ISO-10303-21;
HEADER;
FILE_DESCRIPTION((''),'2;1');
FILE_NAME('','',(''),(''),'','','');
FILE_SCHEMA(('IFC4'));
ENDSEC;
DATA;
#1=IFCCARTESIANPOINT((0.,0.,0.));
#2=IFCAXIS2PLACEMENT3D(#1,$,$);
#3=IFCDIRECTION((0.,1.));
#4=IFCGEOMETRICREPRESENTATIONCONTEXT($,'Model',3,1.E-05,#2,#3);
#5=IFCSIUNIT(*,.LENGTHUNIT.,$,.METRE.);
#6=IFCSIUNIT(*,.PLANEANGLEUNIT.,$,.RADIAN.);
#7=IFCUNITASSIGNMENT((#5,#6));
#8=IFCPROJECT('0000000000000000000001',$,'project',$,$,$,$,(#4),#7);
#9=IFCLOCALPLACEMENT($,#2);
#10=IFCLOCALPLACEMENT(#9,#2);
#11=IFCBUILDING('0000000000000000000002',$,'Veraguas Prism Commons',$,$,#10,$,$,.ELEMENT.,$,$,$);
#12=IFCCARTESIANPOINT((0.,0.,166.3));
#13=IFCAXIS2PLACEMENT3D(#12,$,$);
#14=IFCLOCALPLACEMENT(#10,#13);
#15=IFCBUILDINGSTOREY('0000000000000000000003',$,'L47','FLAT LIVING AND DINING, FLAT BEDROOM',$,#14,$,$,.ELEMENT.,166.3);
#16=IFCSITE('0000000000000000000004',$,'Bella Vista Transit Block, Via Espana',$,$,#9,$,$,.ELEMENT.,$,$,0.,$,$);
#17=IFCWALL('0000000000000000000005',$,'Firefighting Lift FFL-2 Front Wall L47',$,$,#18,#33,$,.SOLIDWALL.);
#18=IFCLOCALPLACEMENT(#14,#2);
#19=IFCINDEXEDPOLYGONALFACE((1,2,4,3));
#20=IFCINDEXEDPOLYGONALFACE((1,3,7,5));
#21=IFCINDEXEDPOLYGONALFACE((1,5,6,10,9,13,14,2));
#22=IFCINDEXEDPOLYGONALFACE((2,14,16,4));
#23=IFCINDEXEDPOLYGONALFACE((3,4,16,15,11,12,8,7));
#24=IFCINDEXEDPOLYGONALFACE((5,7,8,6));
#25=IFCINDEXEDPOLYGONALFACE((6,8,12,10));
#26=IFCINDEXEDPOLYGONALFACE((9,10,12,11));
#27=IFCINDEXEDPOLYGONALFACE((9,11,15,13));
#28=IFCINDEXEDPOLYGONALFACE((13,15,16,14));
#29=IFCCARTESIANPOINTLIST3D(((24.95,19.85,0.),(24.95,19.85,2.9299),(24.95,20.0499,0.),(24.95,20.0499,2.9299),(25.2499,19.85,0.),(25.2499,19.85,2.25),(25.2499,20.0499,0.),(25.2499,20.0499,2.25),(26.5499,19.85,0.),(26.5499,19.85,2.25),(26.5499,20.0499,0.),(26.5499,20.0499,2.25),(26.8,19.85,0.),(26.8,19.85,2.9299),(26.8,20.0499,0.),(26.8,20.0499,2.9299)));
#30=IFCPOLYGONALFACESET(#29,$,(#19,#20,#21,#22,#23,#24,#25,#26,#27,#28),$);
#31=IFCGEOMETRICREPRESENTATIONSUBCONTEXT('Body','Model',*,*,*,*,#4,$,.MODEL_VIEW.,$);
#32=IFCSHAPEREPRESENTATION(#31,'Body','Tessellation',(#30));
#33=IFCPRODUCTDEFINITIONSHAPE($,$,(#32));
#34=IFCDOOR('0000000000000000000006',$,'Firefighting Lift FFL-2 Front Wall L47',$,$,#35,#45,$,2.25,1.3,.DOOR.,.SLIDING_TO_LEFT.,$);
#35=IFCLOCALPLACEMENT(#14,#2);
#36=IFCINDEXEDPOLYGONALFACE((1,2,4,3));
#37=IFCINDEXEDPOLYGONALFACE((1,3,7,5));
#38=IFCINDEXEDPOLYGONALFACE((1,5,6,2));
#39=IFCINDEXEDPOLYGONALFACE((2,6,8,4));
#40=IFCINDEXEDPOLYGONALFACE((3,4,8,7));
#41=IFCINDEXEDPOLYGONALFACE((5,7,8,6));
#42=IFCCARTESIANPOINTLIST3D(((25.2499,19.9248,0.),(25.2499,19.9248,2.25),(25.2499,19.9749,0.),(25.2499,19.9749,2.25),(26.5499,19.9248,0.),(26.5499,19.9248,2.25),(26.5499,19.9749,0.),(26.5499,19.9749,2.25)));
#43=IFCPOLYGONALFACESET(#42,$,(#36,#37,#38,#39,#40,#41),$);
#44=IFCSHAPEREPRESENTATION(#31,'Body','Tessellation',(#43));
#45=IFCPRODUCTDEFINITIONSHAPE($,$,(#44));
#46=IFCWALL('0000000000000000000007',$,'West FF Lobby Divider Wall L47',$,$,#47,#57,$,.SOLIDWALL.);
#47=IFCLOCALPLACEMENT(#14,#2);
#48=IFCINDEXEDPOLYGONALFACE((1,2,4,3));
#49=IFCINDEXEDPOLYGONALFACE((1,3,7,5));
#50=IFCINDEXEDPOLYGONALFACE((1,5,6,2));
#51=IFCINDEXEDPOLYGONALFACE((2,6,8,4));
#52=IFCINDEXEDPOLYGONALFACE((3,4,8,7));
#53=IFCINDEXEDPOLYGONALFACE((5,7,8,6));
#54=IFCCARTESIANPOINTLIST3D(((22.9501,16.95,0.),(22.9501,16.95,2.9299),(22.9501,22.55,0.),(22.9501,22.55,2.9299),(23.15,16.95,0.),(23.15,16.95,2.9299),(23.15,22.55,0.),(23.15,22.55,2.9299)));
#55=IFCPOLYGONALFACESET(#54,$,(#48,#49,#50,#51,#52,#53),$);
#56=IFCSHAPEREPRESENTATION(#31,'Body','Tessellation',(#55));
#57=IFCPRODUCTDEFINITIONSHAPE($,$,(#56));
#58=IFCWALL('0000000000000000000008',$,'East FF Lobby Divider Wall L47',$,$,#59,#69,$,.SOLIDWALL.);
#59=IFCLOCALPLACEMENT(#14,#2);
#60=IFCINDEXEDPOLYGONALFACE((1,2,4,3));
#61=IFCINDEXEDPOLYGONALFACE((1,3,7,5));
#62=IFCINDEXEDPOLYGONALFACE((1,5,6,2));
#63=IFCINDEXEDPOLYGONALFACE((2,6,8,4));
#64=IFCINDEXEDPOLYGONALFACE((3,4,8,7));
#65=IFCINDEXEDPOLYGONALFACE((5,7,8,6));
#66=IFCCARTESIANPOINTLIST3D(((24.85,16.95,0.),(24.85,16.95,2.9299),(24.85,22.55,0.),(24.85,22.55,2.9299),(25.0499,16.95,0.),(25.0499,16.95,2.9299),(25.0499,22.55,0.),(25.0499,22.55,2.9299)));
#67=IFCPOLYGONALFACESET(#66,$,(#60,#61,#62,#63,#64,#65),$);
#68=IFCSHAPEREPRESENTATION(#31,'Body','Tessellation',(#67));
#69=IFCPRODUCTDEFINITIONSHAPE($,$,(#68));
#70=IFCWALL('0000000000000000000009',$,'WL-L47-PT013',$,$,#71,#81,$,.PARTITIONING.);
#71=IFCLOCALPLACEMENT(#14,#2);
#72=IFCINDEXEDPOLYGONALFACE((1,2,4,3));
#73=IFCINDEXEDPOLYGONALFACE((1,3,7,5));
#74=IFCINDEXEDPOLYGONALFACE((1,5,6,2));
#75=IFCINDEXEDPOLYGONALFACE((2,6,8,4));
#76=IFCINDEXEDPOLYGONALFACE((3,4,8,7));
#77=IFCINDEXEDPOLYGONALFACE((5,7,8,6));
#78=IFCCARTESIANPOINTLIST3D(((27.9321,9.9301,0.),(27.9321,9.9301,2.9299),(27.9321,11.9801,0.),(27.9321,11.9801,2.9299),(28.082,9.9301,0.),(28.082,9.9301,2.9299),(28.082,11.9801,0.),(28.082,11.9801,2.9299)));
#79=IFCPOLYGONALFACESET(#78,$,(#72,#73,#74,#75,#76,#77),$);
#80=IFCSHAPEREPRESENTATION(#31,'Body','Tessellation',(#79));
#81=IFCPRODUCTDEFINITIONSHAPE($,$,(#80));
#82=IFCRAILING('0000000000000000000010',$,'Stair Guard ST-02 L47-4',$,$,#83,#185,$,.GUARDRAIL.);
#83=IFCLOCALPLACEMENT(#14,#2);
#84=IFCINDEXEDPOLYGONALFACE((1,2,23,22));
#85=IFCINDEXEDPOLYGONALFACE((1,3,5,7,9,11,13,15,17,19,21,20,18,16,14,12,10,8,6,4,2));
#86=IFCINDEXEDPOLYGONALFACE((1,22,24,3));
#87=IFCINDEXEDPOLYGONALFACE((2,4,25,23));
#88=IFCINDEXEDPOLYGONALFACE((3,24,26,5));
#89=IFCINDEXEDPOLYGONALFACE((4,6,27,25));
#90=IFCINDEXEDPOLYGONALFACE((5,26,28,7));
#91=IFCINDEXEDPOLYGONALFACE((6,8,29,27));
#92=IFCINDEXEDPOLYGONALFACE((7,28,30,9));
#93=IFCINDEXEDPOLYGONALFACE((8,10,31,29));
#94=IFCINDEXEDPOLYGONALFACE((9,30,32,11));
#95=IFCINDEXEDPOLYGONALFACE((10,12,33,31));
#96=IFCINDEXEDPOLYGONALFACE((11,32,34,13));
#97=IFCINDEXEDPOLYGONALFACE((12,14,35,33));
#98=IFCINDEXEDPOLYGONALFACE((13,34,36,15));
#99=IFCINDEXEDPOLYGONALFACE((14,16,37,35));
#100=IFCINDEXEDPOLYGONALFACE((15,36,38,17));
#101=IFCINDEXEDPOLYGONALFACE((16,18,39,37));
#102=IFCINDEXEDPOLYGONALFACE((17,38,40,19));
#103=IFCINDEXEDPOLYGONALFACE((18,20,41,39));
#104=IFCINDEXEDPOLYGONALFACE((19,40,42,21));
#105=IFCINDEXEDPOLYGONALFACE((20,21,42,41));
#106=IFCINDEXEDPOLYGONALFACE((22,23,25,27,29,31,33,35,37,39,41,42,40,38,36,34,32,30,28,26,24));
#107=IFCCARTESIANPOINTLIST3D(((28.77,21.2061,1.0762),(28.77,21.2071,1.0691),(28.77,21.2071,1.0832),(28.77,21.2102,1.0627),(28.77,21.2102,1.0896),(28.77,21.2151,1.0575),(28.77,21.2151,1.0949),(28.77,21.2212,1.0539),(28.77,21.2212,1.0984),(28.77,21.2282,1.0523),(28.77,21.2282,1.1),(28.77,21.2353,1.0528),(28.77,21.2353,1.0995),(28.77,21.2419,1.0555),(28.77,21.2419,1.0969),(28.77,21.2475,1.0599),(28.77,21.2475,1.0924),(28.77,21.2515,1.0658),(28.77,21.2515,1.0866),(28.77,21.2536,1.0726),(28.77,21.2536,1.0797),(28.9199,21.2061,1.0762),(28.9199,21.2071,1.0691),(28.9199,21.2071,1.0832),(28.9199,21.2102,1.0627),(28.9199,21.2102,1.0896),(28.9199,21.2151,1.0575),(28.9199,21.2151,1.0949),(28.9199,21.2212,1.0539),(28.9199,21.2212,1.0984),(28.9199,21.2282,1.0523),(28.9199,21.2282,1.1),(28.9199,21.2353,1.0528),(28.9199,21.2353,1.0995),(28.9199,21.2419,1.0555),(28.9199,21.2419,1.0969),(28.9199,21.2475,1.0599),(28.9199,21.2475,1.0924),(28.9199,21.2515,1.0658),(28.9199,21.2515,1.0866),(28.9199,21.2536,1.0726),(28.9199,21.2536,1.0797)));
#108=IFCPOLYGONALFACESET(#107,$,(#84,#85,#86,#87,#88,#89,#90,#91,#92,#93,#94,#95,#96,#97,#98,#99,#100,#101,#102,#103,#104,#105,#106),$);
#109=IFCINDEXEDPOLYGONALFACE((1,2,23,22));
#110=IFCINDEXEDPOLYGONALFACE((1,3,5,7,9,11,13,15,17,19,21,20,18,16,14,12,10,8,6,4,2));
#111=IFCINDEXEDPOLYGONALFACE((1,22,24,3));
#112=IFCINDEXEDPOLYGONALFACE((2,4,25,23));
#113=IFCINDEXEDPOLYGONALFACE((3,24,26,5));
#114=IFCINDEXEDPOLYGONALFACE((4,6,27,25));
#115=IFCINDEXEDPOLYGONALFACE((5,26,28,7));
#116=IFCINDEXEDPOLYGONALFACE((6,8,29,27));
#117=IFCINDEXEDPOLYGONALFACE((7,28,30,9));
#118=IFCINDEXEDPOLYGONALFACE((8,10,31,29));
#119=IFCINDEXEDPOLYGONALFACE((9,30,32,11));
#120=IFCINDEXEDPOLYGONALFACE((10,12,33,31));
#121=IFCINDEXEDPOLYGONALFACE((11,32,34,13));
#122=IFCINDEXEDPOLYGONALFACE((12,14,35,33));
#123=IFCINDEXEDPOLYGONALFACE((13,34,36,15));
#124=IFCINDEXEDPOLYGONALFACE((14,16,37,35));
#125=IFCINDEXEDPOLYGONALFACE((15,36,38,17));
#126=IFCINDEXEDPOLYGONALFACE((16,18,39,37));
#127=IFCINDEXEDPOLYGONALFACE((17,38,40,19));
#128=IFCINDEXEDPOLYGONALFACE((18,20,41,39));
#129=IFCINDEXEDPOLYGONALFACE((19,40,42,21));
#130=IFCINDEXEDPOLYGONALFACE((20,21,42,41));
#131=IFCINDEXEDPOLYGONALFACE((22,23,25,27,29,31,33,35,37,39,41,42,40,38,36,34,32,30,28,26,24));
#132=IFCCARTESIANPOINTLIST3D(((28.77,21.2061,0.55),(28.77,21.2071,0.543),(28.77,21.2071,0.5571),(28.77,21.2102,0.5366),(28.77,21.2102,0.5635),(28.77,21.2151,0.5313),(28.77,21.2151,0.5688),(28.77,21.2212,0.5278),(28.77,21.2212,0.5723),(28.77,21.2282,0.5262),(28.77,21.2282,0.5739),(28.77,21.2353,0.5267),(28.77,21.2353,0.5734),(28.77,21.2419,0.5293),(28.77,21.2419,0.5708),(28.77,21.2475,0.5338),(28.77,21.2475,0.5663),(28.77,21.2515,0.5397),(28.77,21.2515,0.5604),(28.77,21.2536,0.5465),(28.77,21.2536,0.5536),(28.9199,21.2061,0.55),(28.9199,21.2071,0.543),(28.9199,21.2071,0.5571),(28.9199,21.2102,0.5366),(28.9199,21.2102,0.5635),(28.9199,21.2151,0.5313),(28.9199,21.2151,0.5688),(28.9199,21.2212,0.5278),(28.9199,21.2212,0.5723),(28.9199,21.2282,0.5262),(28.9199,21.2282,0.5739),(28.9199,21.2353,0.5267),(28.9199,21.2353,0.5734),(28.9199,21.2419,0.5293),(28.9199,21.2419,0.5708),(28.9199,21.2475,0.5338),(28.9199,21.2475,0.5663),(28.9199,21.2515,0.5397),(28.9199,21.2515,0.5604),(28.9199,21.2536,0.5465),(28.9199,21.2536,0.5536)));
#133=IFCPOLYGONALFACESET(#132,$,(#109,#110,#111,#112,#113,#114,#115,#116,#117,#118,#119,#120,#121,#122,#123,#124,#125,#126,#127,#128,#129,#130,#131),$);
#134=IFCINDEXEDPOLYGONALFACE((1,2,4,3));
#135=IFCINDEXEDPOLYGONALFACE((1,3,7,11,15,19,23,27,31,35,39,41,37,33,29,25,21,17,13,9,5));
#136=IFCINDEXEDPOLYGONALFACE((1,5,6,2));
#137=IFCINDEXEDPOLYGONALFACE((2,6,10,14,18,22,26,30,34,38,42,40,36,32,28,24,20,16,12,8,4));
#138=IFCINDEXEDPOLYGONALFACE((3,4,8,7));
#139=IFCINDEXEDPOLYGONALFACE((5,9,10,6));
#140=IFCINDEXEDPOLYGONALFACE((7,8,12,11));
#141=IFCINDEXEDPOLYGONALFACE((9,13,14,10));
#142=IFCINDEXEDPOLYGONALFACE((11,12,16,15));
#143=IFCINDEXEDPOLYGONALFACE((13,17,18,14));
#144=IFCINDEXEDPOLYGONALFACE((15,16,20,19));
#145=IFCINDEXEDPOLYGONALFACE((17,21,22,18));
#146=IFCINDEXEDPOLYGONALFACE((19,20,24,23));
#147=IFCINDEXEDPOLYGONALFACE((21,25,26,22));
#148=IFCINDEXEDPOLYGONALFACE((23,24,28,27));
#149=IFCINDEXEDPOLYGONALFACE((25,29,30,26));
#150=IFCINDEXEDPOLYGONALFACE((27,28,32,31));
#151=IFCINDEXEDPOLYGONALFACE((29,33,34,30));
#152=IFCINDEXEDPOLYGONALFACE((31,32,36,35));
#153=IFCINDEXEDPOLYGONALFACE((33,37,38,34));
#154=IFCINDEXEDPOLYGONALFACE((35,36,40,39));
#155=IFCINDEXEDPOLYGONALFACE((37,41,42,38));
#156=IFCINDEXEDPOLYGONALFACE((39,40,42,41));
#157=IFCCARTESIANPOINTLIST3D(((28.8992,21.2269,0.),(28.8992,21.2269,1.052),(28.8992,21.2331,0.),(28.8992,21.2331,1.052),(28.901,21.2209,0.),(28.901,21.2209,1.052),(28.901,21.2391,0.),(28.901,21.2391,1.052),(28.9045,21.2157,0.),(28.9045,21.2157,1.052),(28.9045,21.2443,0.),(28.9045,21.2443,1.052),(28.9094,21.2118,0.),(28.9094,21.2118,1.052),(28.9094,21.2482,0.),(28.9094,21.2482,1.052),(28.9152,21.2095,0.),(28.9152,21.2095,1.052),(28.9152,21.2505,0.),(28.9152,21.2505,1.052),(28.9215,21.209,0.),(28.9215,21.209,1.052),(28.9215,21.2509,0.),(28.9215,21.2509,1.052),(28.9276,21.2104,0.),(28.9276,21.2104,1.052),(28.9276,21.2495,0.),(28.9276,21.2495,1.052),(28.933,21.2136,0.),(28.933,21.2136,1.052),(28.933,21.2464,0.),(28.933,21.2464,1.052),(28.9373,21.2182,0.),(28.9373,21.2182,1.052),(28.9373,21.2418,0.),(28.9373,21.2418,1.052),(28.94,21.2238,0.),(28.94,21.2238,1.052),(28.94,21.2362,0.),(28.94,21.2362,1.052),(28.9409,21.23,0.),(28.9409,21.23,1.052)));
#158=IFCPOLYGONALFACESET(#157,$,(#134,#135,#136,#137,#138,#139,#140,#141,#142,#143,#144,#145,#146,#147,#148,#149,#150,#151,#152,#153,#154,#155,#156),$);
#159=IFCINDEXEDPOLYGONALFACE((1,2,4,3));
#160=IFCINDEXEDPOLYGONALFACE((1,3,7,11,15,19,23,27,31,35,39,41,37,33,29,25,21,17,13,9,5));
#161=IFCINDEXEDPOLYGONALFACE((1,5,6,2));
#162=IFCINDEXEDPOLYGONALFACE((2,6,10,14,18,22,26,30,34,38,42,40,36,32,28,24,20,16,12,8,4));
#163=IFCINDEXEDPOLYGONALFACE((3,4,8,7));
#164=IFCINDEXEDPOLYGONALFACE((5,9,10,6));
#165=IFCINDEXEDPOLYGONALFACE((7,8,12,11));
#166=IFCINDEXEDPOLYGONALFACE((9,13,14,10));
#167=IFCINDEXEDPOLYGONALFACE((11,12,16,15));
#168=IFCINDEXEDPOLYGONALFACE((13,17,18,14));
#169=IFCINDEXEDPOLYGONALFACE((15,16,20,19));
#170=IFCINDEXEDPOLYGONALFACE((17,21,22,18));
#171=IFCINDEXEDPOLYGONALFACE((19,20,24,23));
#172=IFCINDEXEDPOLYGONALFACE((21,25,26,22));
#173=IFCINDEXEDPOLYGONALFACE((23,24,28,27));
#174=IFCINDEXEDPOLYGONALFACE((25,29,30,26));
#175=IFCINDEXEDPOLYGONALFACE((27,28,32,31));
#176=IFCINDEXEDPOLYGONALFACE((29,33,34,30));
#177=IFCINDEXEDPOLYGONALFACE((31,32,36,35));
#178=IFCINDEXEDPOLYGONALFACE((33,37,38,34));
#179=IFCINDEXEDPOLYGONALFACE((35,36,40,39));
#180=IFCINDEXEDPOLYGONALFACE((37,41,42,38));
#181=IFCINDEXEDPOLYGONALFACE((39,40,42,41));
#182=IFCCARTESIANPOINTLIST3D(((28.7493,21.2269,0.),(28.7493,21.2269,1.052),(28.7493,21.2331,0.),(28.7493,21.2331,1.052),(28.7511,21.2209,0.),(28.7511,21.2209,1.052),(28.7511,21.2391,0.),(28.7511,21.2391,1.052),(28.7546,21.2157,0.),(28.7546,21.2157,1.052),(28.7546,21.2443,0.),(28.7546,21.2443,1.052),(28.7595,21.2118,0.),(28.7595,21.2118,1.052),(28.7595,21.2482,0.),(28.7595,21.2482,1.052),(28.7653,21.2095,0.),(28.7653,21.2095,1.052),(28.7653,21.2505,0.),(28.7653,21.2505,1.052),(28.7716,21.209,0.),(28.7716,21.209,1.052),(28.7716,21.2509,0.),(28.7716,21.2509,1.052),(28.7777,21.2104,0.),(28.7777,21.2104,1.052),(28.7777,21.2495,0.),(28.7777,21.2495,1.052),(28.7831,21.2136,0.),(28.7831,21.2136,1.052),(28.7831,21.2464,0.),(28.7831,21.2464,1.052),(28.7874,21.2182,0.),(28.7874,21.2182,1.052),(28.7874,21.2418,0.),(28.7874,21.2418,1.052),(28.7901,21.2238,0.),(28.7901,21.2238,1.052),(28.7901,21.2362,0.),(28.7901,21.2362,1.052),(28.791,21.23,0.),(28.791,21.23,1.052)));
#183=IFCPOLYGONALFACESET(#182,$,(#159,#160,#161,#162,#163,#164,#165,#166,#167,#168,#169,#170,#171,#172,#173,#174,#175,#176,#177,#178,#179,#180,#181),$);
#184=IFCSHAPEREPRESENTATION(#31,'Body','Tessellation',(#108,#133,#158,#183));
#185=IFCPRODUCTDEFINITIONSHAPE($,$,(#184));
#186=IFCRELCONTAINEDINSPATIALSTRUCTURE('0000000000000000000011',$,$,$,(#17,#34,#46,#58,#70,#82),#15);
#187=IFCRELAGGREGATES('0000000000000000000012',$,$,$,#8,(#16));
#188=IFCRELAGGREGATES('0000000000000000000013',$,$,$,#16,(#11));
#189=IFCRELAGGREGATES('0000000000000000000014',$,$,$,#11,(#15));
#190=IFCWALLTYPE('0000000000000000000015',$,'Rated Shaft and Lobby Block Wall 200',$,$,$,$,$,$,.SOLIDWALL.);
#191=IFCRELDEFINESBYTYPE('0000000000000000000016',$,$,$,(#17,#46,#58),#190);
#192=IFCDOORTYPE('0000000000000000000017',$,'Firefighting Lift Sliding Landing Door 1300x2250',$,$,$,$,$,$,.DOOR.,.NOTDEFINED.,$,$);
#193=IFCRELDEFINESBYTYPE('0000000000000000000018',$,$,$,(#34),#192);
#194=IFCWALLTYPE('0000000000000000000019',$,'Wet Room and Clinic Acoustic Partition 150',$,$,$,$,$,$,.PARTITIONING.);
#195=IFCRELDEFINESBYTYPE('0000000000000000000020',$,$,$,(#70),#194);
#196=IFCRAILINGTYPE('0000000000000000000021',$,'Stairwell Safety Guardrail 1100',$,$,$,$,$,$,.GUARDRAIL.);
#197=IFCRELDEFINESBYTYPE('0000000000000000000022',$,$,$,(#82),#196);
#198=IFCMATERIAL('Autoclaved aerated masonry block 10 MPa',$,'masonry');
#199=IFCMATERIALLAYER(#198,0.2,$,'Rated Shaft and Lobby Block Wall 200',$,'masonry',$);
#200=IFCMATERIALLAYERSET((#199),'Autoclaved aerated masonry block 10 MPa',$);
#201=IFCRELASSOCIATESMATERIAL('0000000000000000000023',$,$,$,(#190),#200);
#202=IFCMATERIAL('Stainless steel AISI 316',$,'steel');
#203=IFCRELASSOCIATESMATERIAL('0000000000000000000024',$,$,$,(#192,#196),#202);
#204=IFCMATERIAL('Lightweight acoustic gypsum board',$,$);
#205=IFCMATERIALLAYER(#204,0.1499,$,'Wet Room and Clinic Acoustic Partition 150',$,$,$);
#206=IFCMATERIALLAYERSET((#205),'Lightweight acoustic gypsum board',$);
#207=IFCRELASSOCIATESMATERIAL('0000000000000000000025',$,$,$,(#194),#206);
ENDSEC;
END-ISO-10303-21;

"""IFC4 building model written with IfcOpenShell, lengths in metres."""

from ifc_helpers import new_model, si_unit, direction, frame, frame_2d, origin, origin_2d, place, context, subcontext, project, spatial, rectangle, circle, extrude, source, transform, mapped, material, layer, layer_set, type_object, element, fill, save


model = new_model("IFC4")

# Units and contexts
model_context = context("Model", 3, precision=1e-05, world=origin(), true_north=direction((0.0, 1.0)))
body_context = subcontext(model_context, "Body", "Model", "MODEL_VIEW")
ifc_project = project(units=[si_unit("LENGTHUNIT", "METRE"), si_unit("PLANEANGLEUNIT", "RADIAN")], contexts=[model_context])

# Site, building, storey
site_placement = place(None, origin())
site = spatial("IfcSite", under=ifc_project, at=site_placement, Name="Bella Vista Transit Block, Via Espana", CompositionType="ELEMENT", RefElevation=0.0)
building_placement = place(site_placement, origin())
building = spatial("IfcBuilding", under=site, at=building_placement, Name="Veraguas Prism Commons", CompositionType="ELEMENT")
storey_placement = place(building_placement, frame((0.0, 0.0, 166.3)))
storey = spatial("IfcBuildingStorey", under=building, at=storey_placement, Name="L47", Description="FLAT LIVING AND DINING, FLAT BEDROOM", CompositionType="ELEMENT", Elevation=166.3)

# Shared definitions
ifc_material_1 = material(Name="Autoclaved aerated masonry block 10 MPa", Category="masonry")

# Wall, opening, door
ifc_layer_1 = layer(ifc_material_1, 0.2, Name="Rated Shaft and Lobby Block Wall 200", Category="masonry")
ifc_layer_set_1 = layer_set([ifc_layer_1], Name="Autoclaved aerated masonry block 10 MPa")
wall_type_1 = type_object("IfcWallType", Name="Rated Shaft and Lobby Block Wall 200", PredefinedType="SOLIDWALL", material=ifc_layer_set_1)
ifc_material_2 = material(Name="Stainless steel AISI 316", Category="steel")
door_type_1 = type_object("IfcDoorType", Name="Firefighting Lift Sliding Landing Door 1300x2250", OperationType="NOTDEFINED", PredefinedType="DOOR", material=ifc_material_2)
shared_shape_1 = source(origin(), body_context, "Body", "SweptSolid", [
    extrude(rectangle(XDim=1.3, YDim=2.25, at=frame_2d((0.6499, 1.125))), frame((0.0, 0.0249, 0.0), z_axis=(0.0, -1.0, 0.0), x_axis=(1.0, 0.0, 0.0)), (0.0, 0.0, 1.0), 0.05),
])
wall_1_placement = place(storey_placement, frame((24.95, 19.95, 0.0), z_axis=(0.0, 0.0, 1.0), x_axis=(1.0, 0.0, 0.0)))
wall_1 = element("IfcWall", 1, at=wall_1_placement, inside=storey, type_object=wall_type_1, Name="Firefighting Lift FFL-2 Front Wall L47", PredefinedType="SOLIDWALL", context=body_context, shape_type="SweptSolid", body=[
    extrude(rectangle(XDim=1.8501, YDim=0.2, at=frame_2d((0.925, 0.0))), origin(), (0.0, 0.0, 1.0), 2.9299),
])
opening_1_placement = place(wall_1_placement, frame((0.3, 0.0, 0.0)))
opening_1 = element("IfcOpeningElement", 2, at=opening_1_placement, cuts=wall_1, PredefinedType="OPENING", context=body_context, shape_type="SweptSolid", body=[
    extrude(rectangle(XDim=1.3, YDim=2.25, at=frame_2d((0.6499, 1.125))), frame((0.0, 0.1099, 0.0), z_axis=(0.0, -1.0, 0.0), x_axis=(1.0, 0.0, 0.0)), (0.0, 0.0, 1.0), 0.22),
])
door_1_placement = place(opening_1_placement, origin())
door_1 = element("IfcDoor", 3, at=door_1_placement, inside=storey, type_object=door_type_1, Name="Firefighting Lift FFL-2 Front Wall L47", OperationType="SLIDING_TO_LEFT", OverallHeight=2.25, OverallWidth=1.3, PredefinedType="DOOR", context=body_context, shape_type="MappedRepresentation", body=[
    mapped(shared_shape_1, transform((0.0, 0.0, 0.0), scale=1.0)),
])
fill(opening_1, door_1)

# Walls
for number, where, z_axis, x_axis, name in (
    (4, (23.05, 16.95, 0.0), (0.0, 0.0, 1.0), (0.0, 1.0, 0.0), "West FF Lobby Divider Wall L47"),
    (5, (24.95, 16.95, 0.0), (0.0, 0.0, 1.0), (0.0, 1.0, 0.0), "East FF Lobby Divider Wall L47"),
):
    element("IfcWall", number, at=place(storey_placement, frame(where, z_axis=z_axis, x_axis=x_axis)), inside=storey, type_object=wall_type_1, Name=name, PredefinedType="SOLIDWALL", context=body_context, shape_type="SweptSolid", body=[
        extrude(rectangle(XDim=5.6001, YDim=0.2, at=frame_2d((2.8, 0.0))), origin(), (0.0, 0.0, 1.0), 2.9299),
    ])
ifc_material_3 = material(Name="Lightweight acoustic gypsum board")
ifc_layer_2 = layer(ifc_material_3, 0.1499, Name="Wet Room and Clinic Acoustic Partition 150")
ifc_layer_set_2 = layer_set([ifc_layer_2], Name="Lightweight acoustic gypsum board")
wall_type_2 = type_object("IfcWallType", Name="Wet Room and Clinic Acoustic Partition 150", PredefinedType="PARTITIONING", material=ifc_layer_set_2)
wall_2_placement = place(storey_placement, frame((28.0071, 11.98, 0.0), z_axis=(0.0, 0.0, 1.0), x_axis=(0.0, -1.0, 0.0)))
element("IfcWall", 6, at=wall_2_placement, inside=storey, type_object=wall_type_2, Name="WL-L47-PT013", PredefinedType="PARTITIONING", context=body_context, shape_type="SweptSolid", body=[
    extrude(rectangle(XDim=2.05, YDim=0.1499, at=frame_2d((1.0249, 0.0))), origin(), (0.0, 0.0, 1.0), 2.9299),
])

# Railing
railing_type = type_object("IfcRailingType", Name="Stairwell Safety Guardrail 1100", PredefinedType="GUARDRAIL", material=ifc_material_2)
railing_placement = place(storey_placement, frame((28.9199, 21.23, 0.0)))
element("IfcRailing", 7, at=railing_placement, inside=storey, type_object=railing_type, Name="Stair Guard ST-02 L47-4", PredefinedType="GUARDRAIL", context=body_context, shape_type="SweptSolid", body=[
    extrude(circle(Radius=0.0239, at=origin_2d()), frame((0.0, 0.0, 1.0762), z_axis=(-1.0, 0.0, 0.0), x_axis=(0.0, -1.0, 0.0)), (0.0, 0.0, 1.0), 0.1499),
    extrude(circle(Radius=0.0239, at=origin_2d()), frame((0.0, 0.0, 0.55), z_axis=(-1.0, 0.0, 0.0), x_axis=(0.0, -1.0, 0.0)), (0.0, 0.0, 1.0), 0.1499),
    extrude(circle(Radius=0.021, at=origin_2d()), origin(), (0.0, 0.0, 1.0), 1.052),
    extrude(circle(Radius=0.021, at=origin_2d()), frame((-0.1499, 0.0, 0.0)), (0.0, 0.0, 1.0), 1.052),
])

save(model, "model.ifc")
